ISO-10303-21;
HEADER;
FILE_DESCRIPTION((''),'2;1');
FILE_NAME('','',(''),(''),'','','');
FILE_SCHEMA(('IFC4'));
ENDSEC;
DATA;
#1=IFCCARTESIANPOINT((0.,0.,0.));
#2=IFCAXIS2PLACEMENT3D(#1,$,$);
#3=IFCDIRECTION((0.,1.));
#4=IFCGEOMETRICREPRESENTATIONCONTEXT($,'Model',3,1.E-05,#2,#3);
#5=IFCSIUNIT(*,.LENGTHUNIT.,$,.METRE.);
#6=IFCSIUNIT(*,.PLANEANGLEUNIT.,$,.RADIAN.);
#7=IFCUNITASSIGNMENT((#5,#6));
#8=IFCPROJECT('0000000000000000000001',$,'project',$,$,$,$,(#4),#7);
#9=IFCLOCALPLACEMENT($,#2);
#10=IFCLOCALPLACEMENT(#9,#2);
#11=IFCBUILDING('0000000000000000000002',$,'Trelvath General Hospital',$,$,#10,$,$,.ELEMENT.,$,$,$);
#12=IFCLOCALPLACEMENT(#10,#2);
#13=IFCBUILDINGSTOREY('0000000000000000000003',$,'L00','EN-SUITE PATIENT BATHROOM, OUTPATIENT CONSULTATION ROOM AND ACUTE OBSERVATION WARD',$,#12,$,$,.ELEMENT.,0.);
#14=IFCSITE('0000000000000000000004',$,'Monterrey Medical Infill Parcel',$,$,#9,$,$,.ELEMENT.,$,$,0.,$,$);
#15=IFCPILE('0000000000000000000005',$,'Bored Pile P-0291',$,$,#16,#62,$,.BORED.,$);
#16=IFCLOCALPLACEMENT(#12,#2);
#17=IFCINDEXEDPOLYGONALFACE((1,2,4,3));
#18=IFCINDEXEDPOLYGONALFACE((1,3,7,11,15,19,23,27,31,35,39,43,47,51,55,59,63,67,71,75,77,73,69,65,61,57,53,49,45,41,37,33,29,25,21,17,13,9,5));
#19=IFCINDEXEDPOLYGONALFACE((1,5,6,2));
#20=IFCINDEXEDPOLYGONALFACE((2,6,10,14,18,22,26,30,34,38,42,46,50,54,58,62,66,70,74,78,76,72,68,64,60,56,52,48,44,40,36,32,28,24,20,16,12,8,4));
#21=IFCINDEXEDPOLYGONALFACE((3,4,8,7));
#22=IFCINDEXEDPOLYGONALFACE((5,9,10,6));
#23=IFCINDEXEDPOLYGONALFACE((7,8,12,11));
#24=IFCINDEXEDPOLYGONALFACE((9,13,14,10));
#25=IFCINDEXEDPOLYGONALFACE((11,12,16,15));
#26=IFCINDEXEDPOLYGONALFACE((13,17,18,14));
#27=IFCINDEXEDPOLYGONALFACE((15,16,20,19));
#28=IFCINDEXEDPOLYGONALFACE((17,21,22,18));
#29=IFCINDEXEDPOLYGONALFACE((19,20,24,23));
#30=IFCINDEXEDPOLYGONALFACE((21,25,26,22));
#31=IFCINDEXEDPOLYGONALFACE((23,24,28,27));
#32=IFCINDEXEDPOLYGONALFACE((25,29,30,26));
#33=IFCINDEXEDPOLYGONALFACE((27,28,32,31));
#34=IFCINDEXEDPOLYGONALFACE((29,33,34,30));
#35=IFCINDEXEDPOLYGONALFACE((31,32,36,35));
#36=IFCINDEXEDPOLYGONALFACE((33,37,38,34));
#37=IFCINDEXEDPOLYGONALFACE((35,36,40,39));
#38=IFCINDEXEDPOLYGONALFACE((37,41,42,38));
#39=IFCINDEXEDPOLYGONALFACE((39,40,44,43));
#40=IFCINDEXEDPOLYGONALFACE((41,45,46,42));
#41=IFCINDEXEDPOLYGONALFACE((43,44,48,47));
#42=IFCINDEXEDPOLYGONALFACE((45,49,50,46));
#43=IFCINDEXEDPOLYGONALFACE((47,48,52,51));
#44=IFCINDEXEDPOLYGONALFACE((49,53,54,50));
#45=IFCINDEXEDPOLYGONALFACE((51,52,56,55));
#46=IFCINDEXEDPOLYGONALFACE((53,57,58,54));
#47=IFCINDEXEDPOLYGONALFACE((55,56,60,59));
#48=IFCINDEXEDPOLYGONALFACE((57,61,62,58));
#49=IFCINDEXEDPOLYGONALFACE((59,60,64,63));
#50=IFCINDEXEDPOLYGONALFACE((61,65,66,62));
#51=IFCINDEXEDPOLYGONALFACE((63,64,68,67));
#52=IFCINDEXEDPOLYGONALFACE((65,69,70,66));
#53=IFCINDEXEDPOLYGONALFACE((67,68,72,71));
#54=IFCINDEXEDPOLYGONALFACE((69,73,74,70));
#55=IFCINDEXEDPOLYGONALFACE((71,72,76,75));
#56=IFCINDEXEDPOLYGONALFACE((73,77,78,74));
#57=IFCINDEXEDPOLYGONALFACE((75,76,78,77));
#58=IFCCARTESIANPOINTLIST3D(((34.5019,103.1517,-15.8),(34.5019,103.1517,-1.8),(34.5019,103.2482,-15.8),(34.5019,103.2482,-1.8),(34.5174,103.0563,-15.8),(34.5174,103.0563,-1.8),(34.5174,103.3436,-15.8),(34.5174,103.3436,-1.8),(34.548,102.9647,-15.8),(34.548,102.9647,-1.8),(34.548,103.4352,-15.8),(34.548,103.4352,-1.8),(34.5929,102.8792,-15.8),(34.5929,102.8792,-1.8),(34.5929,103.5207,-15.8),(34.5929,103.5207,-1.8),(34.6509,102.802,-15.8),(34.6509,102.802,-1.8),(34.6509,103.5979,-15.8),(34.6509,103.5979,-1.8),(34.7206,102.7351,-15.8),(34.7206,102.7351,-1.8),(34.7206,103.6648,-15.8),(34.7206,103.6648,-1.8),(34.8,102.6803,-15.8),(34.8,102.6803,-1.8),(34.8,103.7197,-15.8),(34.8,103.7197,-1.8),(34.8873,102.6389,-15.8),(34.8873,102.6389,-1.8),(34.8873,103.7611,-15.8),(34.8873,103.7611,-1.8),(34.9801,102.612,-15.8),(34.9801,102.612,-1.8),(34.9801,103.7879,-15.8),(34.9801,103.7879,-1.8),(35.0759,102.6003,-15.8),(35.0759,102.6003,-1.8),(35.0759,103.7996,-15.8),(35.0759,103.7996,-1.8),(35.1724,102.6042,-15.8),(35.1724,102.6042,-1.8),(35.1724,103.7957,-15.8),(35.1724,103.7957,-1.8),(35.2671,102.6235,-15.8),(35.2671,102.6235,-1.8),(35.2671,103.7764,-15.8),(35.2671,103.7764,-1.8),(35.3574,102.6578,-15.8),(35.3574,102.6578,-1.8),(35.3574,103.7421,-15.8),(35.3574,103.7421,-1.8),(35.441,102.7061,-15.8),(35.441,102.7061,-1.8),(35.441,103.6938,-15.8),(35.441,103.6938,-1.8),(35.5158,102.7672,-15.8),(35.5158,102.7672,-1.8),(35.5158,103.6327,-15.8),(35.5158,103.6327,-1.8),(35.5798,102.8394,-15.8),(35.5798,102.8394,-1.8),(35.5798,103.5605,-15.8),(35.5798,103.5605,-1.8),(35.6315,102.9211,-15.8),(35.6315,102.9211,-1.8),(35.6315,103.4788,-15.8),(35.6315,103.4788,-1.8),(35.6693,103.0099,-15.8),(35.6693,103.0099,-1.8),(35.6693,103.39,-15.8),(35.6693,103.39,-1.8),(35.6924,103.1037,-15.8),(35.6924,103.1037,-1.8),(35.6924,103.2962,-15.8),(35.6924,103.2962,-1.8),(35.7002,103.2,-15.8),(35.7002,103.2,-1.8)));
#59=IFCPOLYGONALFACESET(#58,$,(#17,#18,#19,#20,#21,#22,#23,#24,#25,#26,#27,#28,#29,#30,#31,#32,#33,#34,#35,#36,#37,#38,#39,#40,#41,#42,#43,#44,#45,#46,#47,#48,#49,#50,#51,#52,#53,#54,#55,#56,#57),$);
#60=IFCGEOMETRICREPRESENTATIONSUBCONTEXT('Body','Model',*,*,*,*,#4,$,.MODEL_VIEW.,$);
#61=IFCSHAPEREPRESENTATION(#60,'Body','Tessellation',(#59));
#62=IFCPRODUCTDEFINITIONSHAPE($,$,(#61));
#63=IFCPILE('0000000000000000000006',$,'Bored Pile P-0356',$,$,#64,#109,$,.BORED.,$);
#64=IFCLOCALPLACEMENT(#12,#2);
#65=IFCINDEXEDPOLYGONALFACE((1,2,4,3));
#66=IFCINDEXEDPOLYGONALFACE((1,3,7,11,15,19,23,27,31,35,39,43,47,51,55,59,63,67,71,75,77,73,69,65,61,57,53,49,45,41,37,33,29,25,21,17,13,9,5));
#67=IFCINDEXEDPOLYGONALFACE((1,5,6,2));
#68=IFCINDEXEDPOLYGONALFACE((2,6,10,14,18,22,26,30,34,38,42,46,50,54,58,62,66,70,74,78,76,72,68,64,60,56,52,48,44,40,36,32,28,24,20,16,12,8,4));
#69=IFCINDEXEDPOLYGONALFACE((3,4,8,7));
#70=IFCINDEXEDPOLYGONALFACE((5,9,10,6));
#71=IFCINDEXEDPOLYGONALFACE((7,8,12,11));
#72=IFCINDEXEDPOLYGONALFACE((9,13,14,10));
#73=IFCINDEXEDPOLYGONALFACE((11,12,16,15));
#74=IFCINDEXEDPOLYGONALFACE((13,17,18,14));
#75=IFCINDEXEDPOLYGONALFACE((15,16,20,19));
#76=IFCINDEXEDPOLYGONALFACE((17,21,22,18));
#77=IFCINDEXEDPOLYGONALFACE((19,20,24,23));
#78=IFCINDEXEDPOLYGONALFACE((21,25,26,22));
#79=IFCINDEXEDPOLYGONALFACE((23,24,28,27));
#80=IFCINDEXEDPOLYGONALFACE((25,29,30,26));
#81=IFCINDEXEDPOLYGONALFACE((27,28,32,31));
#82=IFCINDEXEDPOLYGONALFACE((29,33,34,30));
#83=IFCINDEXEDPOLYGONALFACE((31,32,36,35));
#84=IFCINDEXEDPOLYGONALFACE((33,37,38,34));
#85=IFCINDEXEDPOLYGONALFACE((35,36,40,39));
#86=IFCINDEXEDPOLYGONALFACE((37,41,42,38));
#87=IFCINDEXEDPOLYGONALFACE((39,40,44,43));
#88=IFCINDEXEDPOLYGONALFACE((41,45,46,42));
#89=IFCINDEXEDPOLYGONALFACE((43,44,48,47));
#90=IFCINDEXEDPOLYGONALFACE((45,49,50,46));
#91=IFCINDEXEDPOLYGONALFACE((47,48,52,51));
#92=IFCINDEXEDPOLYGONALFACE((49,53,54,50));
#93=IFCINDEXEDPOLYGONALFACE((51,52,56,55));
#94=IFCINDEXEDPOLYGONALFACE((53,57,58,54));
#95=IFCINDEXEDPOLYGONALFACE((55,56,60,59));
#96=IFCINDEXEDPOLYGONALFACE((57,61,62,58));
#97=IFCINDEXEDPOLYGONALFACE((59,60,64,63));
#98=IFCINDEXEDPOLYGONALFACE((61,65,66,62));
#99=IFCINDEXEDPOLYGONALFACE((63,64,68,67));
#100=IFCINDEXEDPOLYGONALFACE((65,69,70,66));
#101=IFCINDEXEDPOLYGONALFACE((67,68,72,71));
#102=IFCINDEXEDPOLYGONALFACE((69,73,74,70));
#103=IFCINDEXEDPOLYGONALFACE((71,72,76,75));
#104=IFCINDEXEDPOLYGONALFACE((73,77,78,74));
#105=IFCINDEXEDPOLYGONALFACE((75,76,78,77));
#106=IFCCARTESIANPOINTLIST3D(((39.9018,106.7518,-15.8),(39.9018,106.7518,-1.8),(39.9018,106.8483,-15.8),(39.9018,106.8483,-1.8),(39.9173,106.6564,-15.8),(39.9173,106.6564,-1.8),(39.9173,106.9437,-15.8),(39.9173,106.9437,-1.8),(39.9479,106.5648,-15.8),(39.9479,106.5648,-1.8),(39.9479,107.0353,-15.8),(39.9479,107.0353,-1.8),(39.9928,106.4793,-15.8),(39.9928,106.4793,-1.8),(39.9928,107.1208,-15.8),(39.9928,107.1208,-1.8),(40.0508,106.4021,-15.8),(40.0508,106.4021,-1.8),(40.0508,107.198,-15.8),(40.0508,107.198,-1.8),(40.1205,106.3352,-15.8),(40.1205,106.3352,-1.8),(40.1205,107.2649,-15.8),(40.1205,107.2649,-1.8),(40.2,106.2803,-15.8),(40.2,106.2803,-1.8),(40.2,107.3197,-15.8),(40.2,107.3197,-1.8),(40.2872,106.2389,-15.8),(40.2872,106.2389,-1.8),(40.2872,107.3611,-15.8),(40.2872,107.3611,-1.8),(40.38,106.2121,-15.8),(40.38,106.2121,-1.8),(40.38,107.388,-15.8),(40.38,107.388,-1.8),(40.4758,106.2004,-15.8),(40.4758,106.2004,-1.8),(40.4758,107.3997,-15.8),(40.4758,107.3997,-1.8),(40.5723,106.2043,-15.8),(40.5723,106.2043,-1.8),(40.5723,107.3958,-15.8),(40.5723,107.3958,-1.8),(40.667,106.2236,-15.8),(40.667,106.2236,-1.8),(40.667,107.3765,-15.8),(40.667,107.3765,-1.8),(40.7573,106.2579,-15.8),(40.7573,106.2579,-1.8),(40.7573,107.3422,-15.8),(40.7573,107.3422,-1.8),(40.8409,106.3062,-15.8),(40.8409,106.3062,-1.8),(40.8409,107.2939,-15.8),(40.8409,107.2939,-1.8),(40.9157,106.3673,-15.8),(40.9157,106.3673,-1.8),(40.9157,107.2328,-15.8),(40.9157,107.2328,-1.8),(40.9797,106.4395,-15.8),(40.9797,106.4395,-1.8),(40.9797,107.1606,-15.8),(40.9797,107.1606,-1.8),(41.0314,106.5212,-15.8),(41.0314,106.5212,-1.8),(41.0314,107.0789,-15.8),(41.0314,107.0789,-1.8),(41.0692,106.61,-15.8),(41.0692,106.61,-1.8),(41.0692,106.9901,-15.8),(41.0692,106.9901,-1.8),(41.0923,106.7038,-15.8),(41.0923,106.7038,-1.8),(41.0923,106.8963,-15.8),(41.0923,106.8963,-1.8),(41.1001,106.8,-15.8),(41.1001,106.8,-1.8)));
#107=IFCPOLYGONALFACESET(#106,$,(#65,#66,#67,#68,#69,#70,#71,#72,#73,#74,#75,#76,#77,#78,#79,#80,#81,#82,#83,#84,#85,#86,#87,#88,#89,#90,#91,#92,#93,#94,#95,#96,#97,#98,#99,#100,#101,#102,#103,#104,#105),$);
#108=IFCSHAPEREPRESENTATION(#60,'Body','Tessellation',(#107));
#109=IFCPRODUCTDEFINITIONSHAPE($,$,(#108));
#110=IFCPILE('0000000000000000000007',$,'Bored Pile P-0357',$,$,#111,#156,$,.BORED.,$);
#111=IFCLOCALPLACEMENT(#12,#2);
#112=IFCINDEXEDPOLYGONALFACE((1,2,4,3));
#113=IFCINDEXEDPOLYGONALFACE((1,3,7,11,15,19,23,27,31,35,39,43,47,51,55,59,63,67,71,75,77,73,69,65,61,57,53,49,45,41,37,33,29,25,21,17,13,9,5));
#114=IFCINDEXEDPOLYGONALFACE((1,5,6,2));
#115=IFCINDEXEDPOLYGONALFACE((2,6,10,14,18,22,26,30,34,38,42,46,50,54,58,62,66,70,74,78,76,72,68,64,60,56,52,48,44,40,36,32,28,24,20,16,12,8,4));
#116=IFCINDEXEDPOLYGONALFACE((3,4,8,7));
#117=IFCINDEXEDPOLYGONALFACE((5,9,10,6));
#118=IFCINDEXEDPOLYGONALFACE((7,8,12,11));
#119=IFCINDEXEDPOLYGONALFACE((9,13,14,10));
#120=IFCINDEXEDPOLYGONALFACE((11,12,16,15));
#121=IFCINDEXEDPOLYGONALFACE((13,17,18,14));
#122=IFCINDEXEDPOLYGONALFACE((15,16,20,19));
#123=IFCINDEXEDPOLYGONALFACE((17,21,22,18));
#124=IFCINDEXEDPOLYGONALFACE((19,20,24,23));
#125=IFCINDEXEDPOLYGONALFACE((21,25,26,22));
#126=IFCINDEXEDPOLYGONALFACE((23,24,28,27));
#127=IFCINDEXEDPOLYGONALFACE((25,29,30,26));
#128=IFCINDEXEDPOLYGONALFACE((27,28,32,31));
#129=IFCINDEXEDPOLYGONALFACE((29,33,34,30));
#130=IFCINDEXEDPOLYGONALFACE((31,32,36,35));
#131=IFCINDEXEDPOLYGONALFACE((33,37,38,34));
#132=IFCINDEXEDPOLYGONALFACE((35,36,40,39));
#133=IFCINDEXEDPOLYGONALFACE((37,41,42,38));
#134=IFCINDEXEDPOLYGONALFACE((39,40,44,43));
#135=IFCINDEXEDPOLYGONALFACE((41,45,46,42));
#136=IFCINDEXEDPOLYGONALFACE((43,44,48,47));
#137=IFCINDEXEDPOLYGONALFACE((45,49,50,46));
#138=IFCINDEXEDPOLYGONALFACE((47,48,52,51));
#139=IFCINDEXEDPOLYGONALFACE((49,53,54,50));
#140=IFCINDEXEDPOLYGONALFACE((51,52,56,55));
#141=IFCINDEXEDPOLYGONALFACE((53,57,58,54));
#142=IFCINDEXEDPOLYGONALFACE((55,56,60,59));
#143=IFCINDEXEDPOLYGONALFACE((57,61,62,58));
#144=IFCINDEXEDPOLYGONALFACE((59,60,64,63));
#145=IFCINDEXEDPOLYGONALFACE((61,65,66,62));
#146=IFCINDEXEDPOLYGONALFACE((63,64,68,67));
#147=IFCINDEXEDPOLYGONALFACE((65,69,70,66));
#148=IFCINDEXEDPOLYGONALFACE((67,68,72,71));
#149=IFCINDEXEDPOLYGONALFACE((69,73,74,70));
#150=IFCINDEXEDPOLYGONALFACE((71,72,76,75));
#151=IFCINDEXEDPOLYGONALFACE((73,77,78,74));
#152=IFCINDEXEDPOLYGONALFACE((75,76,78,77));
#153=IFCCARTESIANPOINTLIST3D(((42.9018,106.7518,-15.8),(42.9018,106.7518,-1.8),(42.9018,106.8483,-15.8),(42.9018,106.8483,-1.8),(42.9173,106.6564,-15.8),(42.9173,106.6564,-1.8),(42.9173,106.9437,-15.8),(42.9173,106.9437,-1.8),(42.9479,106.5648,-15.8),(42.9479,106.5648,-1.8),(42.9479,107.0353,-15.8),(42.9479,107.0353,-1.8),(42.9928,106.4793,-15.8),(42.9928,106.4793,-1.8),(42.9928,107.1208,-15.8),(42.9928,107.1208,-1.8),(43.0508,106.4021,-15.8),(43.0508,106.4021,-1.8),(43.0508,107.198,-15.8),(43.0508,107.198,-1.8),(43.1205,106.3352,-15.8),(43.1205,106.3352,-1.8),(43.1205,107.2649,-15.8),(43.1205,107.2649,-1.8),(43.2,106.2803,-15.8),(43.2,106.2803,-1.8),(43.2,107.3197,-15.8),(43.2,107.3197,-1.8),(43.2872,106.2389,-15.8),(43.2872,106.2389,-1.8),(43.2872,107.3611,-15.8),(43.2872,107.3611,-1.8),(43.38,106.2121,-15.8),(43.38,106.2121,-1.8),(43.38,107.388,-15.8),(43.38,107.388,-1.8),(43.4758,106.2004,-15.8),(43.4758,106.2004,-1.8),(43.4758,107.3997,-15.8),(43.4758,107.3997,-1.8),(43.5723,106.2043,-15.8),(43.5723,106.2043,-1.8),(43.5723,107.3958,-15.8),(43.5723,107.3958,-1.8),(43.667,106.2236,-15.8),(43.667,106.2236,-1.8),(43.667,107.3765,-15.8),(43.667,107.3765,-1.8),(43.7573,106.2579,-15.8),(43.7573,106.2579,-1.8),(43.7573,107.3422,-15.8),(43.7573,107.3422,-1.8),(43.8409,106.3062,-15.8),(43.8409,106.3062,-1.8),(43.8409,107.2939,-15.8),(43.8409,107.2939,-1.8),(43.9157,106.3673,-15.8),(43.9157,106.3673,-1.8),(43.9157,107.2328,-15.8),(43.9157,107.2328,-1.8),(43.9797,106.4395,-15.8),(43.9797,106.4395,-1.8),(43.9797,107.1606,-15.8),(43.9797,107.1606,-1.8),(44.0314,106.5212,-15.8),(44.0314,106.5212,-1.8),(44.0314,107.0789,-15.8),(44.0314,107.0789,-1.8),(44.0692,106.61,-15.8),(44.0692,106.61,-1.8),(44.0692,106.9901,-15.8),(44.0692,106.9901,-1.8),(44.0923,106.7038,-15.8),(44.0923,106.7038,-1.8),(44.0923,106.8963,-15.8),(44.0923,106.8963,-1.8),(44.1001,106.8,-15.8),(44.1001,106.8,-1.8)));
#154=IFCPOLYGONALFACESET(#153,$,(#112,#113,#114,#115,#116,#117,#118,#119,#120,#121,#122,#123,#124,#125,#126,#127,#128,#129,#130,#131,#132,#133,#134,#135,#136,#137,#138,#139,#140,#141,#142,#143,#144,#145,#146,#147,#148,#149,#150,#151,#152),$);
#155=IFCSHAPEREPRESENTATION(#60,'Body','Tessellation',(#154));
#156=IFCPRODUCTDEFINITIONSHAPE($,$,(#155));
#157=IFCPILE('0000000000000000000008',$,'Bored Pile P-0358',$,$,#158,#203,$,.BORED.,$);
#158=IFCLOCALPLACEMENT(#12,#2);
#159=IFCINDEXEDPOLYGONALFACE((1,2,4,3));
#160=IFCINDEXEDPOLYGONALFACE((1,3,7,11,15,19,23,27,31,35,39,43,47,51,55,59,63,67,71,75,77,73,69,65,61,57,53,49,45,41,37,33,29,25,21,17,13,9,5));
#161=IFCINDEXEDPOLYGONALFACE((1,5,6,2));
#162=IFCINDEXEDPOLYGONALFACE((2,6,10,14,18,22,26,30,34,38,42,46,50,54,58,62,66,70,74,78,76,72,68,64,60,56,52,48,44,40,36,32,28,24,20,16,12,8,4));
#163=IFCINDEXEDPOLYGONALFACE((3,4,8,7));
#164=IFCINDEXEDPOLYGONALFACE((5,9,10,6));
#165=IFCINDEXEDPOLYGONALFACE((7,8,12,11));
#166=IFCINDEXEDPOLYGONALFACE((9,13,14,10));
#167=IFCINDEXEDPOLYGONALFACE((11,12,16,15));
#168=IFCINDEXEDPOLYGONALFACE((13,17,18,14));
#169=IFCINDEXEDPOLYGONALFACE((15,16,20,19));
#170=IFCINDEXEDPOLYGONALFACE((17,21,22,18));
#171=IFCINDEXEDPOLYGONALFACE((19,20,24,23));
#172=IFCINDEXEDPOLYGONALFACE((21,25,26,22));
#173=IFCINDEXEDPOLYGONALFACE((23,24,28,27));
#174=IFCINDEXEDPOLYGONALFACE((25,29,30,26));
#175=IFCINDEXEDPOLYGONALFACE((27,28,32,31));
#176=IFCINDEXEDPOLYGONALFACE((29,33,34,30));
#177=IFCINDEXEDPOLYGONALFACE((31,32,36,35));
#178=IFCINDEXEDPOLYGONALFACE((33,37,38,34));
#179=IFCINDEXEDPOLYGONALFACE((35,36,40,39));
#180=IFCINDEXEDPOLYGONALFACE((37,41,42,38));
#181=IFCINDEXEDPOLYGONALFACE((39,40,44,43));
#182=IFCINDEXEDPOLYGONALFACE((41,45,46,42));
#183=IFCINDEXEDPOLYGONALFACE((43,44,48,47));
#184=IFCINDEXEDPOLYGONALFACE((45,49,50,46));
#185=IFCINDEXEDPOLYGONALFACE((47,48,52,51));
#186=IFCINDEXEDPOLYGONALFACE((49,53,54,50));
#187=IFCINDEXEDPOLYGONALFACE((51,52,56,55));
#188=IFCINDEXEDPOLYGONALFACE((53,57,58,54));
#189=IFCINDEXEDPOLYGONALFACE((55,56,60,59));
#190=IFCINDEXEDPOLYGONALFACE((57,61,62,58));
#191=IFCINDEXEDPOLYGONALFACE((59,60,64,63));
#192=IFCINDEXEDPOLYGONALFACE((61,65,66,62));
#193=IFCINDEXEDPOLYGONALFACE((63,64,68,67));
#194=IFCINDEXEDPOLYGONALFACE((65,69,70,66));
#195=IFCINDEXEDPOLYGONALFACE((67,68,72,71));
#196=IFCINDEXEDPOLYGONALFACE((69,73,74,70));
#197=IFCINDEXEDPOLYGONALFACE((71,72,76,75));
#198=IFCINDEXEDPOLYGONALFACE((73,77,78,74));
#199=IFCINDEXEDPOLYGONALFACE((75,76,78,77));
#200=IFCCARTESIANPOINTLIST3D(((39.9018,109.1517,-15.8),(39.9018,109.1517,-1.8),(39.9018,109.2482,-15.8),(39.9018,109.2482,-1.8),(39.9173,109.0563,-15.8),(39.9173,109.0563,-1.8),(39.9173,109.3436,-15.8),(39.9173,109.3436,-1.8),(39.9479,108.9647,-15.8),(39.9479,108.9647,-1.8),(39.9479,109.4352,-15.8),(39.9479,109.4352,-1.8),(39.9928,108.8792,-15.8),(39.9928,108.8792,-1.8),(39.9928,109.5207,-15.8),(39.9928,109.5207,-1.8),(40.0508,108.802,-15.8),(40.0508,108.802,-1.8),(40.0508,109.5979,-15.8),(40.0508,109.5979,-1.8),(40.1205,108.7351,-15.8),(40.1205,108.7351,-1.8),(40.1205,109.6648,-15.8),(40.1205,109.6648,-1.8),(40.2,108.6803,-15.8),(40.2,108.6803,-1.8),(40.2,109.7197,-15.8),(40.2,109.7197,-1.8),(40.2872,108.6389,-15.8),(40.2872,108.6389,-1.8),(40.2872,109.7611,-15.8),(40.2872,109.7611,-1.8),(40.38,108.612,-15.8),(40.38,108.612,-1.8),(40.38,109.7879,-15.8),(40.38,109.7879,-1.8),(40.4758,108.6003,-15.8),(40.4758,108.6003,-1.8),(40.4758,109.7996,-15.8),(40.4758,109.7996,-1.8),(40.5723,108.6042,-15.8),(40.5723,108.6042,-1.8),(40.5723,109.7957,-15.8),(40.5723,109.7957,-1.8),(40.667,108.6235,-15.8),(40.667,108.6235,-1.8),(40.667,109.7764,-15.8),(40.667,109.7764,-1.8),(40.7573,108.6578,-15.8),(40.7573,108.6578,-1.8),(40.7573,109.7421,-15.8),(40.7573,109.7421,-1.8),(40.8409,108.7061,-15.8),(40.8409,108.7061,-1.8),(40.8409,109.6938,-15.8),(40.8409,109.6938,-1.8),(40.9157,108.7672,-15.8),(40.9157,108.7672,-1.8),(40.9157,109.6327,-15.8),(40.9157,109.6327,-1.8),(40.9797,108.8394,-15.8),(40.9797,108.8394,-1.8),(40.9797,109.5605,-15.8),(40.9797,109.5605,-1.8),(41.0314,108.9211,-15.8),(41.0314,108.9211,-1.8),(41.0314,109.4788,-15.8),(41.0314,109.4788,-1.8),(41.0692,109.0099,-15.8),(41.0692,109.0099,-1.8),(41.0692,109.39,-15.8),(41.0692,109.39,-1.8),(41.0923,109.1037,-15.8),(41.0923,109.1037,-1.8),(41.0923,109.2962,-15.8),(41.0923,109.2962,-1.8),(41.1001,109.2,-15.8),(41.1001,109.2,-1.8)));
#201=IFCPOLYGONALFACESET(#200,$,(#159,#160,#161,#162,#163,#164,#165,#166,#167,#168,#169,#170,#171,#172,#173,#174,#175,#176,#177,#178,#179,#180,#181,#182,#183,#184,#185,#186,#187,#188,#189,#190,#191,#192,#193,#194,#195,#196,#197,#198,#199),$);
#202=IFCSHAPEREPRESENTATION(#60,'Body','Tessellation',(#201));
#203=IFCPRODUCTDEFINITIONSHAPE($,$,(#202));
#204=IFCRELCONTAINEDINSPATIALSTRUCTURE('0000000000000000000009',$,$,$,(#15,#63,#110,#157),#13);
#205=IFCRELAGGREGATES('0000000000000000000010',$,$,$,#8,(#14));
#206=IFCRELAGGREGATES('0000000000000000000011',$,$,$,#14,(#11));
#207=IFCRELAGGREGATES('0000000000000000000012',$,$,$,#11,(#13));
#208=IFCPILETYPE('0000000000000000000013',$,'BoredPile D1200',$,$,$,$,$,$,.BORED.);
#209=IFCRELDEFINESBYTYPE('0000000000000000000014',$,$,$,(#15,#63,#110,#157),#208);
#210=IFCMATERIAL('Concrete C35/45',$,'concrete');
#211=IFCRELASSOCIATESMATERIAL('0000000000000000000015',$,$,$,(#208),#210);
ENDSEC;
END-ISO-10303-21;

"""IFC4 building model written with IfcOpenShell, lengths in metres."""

from ifc_helpers import new_model, si_unit, direction, frame, origin, origin_2d, place, context, subcontext, project, spatial, circle, extrude, material, material_profile, profile_set, type_object, element, save


model = new_model("IFC4")

# Units and contexts
model_context = context("Model", 3, precision=1e-05, world=origin(), true_north=direction((0.0, 1.0)))
body_context = subcontext(model_context, "Body", "Model", "MODEL_VIEW")
ifc_project = project(units=[si_unit("LENGTHUNIT", "METRE"), si_unit("PLANEANGLEUNIT", "RADIAN")], contexts=[model_context])

# Site, building, storey
site_placement = place(None, origin())
site = spatial("IfcSite", under=ifc_project, at=site_placement, Name="Monterrey Medical Infill Parcel", CompositionType="ELEMENT", RefElevation=0.0)
building_placement = place(site_placement, origin())
building = spatial("IfcBuilding", under=site, at=building_placement, Name="Trelvath General Hospital", CompositionType="ELEMENT")
storey_placement = place(building_placement, origin())
storey = spatial("IfcBuildingStorey", under=building, at=storey_placement, Name="L00", Description="EN-SUITE PATIENT BATHROOM, OUTPATIENT CONSULTATION ROOM AND ACUTE OBSERVATION WARD", CompositionType="ELEMENT", Elevation=0.0)

# Piles
ifc_material_1 = material(Name="Concrete C35/45", Category="concrete")
ifc_material_profile = material_profile(ifc_material_1, circle(Radius=0.6001, at=origin_2d()), Name="PILE1200")
ifc_profile_set = profile_set([ifc_material_profile], Name="Concrete C35/45")
pile_type = type_object("IfcPileType", Name="BoredPile D1200", PredefinedType="BORED", material=ifc_profile_set)
for number, where, z_axis, x_axis, name in (
    (1, (35.1001, 103.2, -1.8), (0.0, 0.0, -1.0), (1.0, 0.0, 0.0), "Bored Pile P-0291"),
    (2, (40.5, 106.8, -1.8), (0.0, 0.0, -1.0), (1.0, 0.0, 0.0), "Bored Pile P-0356"),
    (3, (43.5, 106.8, -1.8), (0.0, 0.0, -1.0), (1.0, 0.0, 0.0), "Bored Pile P-0357"),
    (4, (40.5, 109.2, -1.8), (0.0, 0.0, -1.0), (1.0, 0.0, 0.0), "Bored Pile P-0358"),
):
    element("IfcPile", number, at=place(storey_placement, frame(where, z_axis=z_axis, x_axis=x_axis)), inside=storey, type_object=pile_type, Name=name, PredefinedType="BORED", context=body_context, shape_type="SweptSolid", body=[
        extrude(circle(Radius=0.6001, at=origin_2d()), origin(), (0.0, 0.0, 1.0), 14.0),
    ])

save(model, "model.ifc")
